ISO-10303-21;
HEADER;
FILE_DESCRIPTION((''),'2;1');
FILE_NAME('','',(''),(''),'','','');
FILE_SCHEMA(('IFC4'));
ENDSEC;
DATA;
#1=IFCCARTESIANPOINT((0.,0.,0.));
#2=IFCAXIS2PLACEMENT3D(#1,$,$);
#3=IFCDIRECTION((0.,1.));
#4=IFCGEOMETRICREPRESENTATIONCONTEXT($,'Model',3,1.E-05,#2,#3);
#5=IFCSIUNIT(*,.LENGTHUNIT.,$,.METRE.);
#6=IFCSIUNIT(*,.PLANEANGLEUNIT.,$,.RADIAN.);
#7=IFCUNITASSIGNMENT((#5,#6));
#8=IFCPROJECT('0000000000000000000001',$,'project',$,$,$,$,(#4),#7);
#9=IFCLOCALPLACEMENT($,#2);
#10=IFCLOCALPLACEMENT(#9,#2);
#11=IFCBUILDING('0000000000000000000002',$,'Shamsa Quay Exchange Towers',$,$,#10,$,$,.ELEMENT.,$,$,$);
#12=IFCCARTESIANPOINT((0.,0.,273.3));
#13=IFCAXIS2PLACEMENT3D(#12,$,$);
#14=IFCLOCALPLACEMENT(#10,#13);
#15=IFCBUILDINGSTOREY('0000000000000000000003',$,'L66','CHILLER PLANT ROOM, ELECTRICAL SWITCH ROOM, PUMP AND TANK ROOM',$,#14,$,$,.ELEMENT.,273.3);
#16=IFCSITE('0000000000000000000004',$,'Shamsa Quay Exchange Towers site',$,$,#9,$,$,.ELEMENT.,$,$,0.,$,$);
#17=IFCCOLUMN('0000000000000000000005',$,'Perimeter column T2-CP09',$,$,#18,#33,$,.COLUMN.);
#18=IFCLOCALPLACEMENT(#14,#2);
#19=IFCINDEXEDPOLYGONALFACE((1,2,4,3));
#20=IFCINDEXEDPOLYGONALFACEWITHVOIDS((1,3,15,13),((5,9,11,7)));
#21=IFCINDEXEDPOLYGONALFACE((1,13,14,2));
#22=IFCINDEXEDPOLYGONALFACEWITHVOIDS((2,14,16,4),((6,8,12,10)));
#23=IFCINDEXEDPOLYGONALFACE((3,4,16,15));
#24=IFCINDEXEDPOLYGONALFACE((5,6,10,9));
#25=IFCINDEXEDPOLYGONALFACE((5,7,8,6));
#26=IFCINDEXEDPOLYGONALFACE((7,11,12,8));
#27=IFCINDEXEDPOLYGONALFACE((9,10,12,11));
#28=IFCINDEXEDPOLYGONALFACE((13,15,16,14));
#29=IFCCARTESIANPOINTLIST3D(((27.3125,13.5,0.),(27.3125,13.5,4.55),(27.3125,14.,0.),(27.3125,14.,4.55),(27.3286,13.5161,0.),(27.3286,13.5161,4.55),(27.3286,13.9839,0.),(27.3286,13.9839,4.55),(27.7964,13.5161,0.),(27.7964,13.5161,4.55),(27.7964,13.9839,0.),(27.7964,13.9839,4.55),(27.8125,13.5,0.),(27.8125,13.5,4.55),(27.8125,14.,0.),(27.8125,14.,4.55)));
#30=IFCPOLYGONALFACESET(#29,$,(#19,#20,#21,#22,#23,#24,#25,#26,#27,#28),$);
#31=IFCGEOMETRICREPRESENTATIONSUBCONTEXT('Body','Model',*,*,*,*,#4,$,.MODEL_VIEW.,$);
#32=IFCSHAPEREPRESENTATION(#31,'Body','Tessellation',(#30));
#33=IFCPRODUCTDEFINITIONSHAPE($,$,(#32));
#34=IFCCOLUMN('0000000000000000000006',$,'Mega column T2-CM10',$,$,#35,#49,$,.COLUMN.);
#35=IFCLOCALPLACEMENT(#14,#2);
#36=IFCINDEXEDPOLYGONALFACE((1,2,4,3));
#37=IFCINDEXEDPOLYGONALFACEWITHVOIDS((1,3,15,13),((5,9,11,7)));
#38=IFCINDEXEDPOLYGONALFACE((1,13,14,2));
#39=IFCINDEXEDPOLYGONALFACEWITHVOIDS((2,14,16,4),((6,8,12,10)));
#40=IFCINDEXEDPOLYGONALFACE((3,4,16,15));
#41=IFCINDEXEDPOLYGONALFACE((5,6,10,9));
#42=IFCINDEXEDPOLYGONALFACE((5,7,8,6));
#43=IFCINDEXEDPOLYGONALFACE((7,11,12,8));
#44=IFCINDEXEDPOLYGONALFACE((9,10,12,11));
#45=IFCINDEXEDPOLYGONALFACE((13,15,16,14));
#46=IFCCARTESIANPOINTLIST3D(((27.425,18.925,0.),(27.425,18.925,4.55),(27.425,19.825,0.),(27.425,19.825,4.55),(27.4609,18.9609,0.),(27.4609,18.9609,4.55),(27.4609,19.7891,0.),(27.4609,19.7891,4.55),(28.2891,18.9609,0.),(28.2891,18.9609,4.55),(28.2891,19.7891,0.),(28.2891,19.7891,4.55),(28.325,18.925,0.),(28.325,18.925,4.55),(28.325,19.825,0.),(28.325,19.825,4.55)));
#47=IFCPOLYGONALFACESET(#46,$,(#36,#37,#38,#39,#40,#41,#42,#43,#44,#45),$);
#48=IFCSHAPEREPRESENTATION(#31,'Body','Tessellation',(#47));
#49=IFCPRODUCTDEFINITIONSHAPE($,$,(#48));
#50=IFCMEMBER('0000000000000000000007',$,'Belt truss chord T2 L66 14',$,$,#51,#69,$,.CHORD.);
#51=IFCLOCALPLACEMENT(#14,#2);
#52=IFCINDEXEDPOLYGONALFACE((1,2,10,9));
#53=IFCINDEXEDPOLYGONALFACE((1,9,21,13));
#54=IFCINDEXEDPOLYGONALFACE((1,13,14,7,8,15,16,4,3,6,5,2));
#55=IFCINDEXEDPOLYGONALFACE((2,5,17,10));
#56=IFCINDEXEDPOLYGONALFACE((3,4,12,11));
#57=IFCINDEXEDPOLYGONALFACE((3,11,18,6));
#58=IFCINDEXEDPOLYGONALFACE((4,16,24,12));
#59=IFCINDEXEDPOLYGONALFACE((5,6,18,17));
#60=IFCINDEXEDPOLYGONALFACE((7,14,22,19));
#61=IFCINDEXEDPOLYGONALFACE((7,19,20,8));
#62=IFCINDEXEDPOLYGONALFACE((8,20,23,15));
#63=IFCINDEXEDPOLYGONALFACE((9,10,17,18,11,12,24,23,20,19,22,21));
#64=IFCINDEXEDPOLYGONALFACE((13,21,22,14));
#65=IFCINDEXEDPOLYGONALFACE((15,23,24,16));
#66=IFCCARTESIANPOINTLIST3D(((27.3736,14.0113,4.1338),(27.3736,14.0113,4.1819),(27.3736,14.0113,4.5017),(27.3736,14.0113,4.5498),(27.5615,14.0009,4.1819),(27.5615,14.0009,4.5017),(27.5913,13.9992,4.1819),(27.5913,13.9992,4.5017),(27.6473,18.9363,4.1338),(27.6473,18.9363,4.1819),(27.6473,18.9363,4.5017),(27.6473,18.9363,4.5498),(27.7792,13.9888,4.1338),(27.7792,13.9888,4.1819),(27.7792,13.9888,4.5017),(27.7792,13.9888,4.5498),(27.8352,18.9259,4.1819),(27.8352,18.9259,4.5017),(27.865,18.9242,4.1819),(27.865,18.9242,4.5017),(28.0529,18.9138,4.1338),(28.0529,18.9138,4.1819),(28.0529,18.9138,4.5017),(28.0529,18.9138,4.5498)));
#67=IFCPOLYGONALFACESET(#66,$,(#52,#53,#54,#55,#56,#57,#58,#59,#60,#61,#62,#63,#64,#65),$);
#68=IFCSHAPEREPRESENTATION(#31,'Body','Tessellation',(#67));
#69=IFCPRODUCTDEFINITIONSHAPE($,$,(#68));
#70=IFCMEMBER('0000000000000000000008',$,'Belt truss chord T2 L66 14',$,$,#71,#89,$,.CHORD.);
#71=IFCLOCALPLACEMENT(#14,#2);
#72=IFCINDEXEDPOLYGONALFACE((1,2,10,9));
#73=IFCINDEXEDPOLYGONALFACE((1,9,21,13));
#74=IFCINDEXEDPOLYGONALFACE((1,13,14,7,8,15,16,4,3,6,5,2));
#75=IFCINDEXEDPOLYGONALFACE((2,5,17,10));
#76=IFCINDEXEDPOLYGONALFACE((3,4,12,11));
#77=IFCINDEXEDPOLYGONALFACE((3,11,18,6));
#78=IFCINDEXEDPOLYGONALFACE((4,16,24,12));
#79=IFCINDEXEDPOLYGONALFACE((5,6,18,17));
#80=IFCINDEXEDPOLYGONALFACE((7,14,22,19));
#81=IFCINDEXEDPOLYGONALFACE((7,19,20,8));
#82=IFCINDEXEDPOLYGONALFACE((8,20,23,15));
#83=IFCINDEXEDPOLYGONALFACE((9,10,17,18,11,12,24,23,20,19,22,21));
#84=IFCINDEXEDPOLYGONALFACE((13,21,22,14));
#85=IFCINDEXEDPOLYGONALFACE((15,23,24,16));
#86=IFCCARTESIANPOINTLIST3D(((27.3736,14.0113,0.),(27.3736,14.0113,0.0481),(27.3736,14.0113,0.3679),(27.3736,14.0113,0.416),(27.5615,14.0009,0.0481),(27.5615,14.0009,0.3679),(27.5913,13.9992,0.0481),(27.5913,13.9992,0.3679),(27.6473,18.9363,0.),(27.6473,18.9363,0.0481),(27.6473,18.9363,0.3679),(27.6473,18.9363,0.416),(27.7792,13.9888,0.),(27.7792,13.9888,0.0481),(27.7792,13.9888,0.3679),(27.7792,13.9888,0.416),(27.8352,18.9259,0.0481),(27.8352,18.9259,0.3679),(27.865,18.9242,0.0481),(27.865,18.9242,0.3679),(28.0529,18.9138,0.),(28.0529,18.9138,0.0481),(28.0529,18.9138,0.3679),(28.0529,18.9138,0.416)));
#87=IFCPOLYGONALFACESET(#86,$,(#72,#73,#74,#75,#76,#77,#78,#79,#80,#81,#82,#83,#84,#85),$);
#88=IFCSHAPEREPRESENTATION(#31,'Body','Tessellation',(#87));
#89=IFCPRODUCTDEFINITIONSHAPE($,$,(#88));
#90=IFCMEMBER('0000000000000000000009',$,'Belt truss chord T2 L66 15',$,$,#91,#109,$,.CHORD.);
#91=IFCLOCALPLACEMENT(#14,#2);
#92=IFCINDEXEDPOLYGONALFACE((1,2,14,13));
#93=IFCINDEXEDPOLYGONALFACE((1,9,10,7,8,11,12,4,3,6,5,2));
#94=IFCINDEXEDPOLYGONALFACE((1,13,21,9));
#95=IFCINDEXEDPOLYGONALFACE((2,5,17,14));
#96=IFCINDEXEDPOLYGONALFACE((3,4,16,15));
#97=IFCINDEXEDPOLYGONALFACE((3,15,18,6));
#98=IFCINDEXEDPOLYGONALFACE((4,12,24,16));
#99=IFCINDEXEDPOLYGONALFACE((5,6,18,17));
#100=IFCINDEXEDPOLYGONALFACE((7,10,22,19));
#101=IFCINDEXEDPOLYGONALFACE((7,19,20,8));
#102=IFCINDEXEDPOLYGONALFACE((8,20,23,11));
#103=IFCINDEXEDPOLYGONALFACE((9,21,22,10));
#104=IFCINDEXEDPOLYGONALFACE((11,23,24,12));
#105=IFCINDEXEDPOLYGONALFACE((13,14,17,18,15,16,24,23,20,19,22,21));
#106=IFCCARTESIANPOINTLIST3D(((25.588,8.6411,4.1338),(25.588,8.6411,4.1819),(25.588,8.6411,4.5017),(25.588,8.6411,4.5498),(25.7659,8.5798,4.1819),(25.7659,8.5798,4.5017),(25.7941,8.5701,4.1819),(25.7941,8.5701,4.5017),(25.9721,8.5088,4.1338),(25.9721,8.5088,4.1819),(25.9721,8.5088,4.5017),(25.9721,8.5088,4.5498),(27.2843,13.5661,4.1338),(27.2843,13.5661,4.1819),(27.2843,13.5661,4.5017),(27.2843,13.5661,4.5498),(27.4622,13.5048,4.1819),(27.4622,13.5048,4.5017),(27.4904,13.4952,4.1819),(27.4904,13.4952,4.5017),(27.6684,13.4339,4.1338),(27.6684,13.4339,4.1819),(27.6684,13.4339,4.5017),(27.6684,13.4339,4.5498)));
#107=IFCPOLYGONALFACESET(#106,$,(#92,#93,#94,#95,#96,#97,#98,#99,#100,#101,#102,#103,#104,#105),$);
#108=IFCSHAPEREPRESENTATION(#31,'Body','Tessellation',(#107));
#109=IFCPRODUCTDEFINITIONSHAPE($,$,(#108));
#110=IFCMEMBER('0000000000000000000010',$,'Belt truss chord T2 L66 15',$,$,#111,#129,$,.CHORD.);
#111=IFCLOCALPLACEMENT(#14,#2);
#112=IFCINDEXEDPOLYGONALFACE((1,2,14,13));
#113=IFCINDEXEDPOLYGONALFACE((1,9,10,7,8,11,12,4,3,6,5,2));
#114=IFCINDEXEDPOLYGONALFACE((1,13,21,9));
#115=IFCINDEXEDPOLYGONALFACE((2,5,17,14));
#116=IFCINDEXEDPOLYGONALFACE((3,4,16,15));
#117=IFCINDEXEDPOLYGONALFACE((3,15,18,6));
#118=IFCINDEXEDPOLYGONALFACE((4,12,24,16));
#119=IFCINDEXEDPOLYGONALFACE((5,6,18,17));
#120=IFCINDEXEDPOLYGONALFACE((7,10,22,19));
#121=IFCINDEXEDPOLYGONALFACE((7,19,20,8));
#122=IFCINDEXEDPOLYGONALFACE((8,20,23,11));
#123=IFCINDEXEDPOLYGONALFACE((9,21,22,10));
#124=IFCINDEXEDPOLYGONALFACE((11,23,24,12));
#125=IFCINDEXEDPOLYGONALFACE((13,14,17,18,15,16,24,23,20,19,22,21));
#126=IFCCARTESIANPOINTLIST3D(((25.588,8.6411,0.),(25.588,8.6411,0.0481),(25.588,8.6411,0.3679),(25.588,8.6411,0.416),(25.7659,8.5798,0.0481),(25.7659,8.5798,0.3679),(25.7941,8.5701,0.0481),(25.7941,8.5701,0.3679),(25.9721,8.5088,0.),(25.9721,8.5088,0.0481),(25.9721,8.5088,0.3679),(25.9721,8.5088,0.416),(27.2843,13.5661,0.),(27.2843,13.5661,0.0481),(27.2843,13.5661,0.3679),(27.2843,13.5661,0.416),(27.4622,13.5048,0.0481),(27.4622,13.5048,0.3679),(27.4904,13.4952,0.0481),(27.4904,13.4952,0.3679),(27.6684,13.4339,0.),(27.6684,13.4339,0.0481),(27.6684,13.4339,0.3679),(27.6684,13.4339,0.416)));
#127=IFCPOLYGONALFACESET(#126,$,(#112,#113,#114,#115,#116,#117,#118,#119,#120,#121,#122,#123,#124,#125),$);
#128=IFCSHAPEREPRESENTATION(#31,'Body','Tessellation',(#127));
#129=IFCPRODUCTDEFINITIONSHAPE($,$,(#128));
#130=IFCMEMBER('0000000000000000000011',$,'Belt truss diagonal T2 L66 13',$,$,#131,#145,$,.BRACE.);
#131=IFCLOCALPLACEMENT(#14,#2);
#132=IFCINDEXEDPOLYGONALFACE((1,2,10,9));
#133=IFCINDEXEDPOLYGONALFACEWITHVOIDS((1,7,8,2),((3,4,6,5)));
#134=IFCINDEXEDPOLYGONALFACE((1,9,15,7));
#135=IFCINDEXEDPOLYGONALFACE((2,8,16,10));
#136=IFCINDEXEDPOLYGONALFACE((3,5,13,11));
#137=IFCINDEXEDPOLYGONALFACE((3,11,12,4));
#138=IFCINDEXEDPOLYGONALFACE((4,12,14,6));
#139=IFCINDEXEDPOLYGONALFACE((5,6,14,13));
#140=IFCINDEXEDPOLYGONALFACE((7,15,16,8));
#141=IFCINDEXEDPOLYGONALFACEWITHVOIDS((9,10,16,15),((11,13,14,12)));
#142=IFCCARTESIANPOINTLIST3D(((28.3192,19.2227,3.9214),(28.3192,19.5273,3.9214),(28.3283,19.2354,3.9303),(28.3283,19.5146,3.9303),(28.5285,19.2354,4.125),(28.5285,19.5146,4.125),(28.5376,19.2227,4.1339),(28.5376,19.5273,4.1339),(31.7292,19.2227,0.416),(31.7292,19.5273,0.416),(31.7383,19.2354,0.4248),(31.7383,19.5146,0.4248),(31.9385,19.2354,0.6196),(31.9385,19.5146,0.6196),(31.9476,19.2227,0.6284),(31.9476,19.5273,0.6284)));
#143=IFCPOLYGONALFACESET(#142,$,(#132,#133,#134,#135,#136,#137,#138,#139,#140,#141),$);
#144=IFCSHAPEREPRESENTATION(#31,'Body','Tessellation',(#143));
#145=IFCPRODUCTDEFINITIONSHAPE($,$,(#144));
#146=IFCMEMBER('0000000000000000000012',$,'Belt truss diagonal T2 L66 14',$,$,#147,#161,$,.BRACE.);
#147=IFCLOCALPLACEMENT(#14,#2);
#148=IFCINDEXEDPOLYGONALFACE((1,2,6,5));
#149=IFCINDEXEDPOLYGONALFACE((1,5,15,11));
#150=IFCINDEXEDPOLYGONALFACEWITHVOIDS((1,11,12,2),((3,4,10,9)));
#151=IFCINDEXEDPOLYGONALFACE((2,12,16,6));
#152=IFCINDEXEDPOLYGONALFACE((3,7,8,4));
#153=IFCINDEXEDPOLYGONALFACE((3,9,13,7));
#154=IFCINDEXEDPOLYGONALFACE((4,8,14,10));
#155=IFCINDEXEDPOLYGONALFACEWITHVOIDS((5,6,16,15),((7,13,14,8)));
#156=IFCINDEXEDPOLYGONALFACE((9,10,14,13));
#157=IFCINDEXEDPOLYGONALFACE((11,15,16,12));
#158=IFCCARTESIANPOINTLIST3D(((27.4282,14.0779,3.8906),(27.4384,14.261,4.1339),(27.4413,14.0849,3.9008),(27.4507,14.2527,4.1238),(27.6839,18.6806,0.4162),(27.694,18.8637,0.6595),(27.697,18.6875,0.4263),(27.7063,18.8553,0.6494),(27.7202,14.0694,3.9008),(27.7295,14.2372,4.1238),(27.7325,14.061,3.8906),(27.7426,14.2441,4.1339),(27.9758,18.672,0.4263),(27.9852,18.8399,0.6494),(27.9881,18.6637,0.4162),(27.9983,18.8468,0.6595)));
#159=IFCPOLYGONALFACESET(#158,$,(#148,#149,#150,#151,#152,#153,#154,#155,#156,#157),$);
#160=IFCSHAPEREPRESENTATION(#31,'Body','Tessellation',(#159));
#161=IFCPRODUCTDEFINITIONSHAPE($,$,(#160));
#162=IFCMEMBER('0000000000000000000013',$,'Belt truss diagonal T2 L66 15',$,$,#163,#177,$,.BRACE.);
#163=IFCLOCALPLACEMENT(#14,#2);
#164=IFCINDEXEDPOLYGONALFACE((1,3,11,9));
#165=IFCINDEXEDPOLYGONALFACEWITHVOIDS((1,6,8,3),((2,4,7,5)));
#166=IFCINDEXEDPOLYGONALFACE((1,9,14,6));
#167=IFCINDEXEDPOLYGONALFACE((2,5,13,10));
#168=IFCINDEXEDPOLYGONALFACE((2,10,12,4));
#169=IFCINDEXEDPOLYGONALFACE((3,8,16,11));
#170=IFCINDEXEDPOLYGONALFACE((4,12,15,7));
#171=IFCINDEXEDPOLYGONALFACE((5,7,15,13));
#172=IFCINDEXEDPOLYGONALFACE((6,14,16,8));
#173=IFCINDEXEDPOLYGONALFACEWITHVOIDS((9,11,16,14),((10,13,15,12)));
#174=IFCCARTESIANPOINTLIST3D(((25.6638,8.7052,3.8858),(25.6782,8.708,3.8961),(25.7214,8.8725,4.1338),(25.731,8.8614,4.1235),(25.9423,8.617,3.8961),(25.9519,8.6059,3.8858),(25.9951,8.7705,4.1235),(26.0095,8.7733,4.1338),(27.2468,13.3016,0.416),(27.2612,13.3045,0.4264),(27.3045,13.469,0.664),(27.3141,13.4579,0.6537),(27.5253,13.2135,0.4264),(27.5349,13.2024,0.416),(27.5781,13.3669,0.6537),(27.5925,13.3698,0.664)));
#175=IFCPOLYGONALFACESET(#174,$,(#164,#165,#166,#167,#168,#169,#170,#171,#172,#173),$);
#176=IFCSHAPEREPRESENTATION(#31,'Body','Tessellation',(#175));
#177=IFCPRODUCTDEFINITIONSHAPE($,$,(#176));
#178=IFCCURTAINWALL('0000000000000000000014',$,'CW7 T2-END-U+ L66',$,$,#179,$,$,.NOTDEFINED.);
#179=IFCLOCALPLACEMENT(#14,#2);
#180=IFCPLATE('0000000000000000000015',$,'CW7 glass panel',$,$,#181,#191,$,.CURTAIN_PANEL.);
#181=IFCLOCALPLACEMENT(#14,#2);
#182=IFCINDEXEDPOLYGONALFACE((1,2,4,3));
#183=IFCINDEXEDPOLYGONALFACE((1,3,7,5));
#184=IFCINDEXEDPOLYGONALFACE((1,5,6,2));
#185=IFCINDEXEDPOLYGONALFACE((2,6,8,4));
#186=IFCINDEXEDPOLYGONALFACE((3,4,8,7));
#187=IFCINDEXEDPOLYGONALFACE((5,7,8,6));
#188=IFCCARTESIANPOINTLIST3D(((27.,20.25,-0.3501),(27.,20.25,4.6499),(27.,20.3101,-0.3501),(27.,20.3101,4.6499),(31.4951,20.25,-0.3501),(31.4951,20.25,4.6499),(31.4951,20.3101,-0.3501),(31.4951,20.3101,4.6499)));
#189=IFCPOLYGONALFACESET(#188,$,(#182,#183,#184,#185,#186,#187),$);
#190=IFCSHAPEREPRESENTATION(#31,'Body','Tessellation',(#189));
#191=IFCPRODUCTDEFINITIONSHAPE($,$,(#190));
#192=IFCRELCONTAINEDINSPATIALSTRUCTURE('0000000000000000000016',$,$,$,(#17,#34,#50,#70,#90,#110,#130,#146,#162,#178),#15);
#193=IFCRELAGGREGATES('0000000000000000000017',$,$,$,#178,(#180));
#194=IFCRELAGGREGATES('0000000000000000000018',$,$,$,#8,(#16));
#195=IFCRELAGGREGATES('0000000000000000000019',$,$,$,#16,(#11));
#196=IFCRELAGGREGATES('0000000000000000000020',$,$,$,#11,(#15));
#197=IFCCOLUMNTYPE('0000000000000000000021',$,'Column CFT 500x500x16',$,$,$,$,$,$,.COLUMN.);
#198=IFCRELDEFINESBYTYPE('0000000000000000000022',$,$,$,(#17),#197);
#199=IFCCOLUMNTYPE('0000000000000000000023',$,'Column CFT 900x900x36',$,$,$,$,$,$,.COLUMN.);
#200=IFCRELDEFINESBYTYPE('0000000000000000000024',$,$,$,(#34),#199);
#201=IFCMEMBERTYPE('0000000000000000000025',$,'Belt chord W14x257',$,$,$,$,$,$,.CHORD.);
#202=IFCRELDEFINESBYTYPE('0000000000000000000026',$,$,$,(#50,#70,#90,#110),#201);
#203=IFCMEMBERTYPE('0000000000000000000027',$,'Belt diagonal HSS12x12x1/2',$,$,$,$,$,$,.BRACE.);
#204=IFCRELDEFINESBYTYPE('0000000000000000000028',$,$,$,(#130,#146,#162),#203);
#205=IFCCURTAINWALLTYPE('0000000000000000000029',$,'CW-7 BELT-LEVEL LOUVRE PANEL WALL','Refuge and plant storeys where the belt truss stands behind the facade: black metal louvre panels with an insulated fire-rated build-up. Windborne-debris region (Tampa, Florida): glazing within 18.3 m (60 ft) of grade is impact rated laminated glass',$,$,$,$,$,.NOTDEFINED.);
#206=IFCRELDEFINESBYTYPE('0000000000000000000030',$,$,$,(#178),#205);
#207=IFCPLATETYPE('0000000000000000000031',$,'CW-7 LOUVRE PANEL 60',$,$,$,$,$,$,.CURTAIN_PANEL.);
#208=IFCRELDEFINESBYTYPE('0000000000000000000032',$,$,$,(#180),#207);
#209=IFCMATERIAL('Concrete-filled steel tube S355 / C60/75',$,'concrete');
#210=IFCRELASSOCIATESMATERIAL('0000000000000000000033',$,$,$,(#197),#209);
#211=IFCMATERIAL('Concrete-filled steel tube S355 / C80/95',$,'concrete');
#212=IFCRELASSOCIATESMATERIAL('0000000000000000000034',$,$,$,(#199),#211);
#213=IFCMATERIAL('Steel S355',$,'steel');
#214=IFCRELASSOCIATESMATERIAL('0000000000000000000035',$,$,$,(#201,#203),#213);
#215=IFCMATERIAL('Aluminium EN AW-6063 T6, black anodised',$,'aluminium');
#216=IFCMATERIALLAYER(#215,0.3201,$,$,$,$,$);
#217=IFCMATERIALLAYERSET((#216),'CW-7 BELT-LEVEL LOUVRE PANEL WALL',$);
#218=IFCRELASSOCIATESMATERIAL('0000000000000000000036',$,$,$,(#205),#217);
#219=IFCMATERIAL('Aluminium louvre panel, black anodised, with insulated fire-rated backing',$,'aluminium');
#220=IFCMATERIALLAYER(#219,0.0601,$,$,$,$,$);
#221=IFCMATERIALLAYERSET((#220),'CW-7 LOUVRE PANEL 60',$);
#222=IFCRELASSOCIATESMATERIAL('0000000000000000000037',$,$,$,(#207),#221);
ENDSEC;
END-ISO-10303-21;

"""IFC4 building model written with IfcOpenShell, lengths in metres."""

from ifc_helpers import new_model, si_unit, direction, frame, origin, origin_2d, place, context, subcontext, project, spatial, rectangle, hollow_rectangle, i_section, extrude, material, layer, layer_set, material_profile, profile_set, type_object, element, aggregate, save


model = new_model("IFC4")

# Units and contexts
model_context = context("Model", 3, precision=1e-05, world=origin(), true_north=direction((0.0, 1.0)))
body_context = subcontext(model_context, "Body", "Model", "MODEL_VIEW")
ifc_project = project(units=[si_unit("LENGTHUNIT", "METRE"), si_unit("PLANEANGLEUNIT", "RADIAN")], contexts=[model_context])

# Site, building, storey
site_placement = place(None, origin())
site = spatial("IfcSite", under=ifc_project, at=site_placement, Name="Shamsa Quay Exchange Towers site", CompositionType="ELEMENT", RefElevation=0.0)
building_placement = place(site_placement, origin())
building = spatial("IfcBuilding", under=site, at=building_placement, Name="Shamsa Quay Exchange Towers", CompositionType="ELEMENT")
storey_placement = place(building_placement, frame((0.0, 0.0, 273.3)))
storey = spatial("IfcBuildingStorey", under=building, at=storey_placement, Name="L66", Description="CHILLER PLANT ROOM, ELECTRICAL SWITCH ROOM, PUMP AND TANK ROOM", CompositionType="ELEMENT", Elevation=273.3)

# Columns
ifc_material_1 = material(Name="Concrete-filled steel tube S355 / C60/75", Category="concrete")
ifc_material_profile_1 = material_profile(ifc_material_1, hollow_rectangle(XDim=0.5, YDim=0.5, WallThickness=0.0161, at=origin_2d()), Name="CFT 500x500x16")
ifc_profile_set_1 = profile_set([ifc_material_profile_1], Name="Concrete-filled steel tube S355 / C60/75")
column_type_1 = type_object("IfcColumnType", Name="Column CFT 500x500x16", PredefinedType="COLUMN", material=ifc_profile_set_1)
column_1_placement = place(storey_placement, frame((27.5625, 13.75, 0.0)))
element("IfcColumn", 1, at=column_1_placement, inside=storey, type_object=column_type_1, Name="Perimeter column T2-CP09", PredefinedType="COLUMN", context=body_context, shape_type="SweptSolid", body=[
    extrude(hollow_rectangle(XDim=0.5, YDim=0.5, WallThickness=0.0161, at=origin_2d()), origin(), (0.0, 0.0, 1.0), 4.55),
])
ifc_material_2 = material(Name="Concrete-filled steel tube S355 / C80/95", Category="concrete")
ifc_material_profile_2 = material_profile(ifc_material_2, hollow_rectangle(XDim=0.8999, YDim=0.8999, WallThickness=0.0359, at=origin_2d()), Name="CFT 900x900x36")
ifc_profile_set_2 = profile_set([ifc_material_profile_2], Name="Concrete-filled steel tube S355 / C80/95")
column_type_2 = type_object("IfcColumnType", Name="Column CFT 900x900x36", PredefinedType="COLUMN", material=ifc_profile_set_2)
column_2_placement = place(storey_placement, frame((27.875, 19.375, 0.0)))
element("IfcColumn", 2, at=column_2_placement, inside=storey, type_object=column_type_2, Name="Mega column T2-CM10", PredefinedType="COLUMN", context=body_context, shape_type="SweptSolid", body=[
    extrude(hollow_rectangle(XDim=0.8999, YDim=0.8999, WallThickness=0.0359, at=origin_2d()), origin(), (0.0, 0.0, 1.0), 4.55),
])

# Members
ifc_material_3 = material(Name="Steel S355", Category="steel")
ifc_material_profile_3 = material_profile(ifc_material_3, i_section(OverallWidth=0.4062, OverallDepth=0.416, WebThickness=0.0298, FlangeThickness=0.0481, at=origin_2d()), Name="W14x257")
ifc_profile_set_3 = profile_set([ifc_material_profile_3], Name="Steel S355")
member_type_1 = type_object("IfcMemberType", Name="Belt chord W14x257", PredefinedType="CHORD", material=ifc_profile_set_3)
for number, where, z_axis, x_axis, name in (
    (3, (27.8501, 18.925, 4.3418), (-0.055484, -0.99846, 0.0), (0.99846, -0.055484, 0.0), "Belt truss chord T2 L66 14"),
    (4, (27.8501, 18.925, 0.208), (-0.055484, -0.99846, 0.0), (0.99846, -0.055484, 0.0), "Belt truss chord T2 L66 14"),
):
    element("IfcMember", number, at=place(storey_placement, frame(where, z_axis=z_axis, x_axis=x_axis)), inside=storey, type_object=member_type_1, Name=name, PredefinedType="CHORD", context=body_context, shape_type="SweptSolid", body=[
        extrude(i_section(OverallWidth=0.4062, OverallDepth=0.416, WebThickness=0.0298, FlangeThickness=0.0481, at=origin_2d()), origin(), (0.0, 0.0, 1.0), 4.9326),
    ])
for number, where, z_axis, x_axis, name in (
    (5, (27.4763, 13.5, 4.3418), (-0.325647, -0.945491, 0.0), (0.945491, -0.325647, 0.0), "Belt truss chord T2 L66 15"),
    (6, (27.4763, 13.5, 0.208), (-0.325647, -0.945491, 0.0), (0.945491, -0.325647, 0.0), "Belt truss chord T2 L66 15"),
):
    element("IfcMember", number, at=place(storey_placement, frame(where, z_axis=z_axis, x_axis=x_axis)), inside=storey, type_object=member_type_1, Name=name, PredefinedType="CHORD", context=body_context, shape_type="SweptSolid", body=[
        extrude(i_section(OverallWidth=0.4062, OverallDepth=0.416, WebThickness=0.0298, FlangeThickness=0.0481, at=origin_2d()), origin(), (0.0, 0.0, 1.0), 5.209),
    ])
ifc_material_profile_4 = material_profile(ifc_material_3, hollow_rectangle(XDim=0.3047, YDim=0.3047, WallThickness=0.0127, at=origin_2d()), Name="HSS12x12x1/2")
ifc_profile_set_4 = profile_set([ifc_material_profile_4], Name="Steel S355")
member_type_2 = type_object("IfcMemberType", Name="Belt diagonal HSS12x12x1/2", PredefinedType="BRACE", material=ifc_profile_set_4)
member_1_placement = place(storey_placement, frame((31.8384, 19.375, 0.5222), z_axis=(-0.697279, 0.0, 0.716799), x_axis=(0.0, -1.0, 0.0)))
element("IfcMember", 7, at=member_1_placement, inside=storey, type_object=member_type_2, Name="Belt truss diagonal T2 L66 13", PredefinedType="BRACE", context=body_context, shape_type="SweptSolid", body=[
    extrude(hollow_rectangle(XDim=0.3047, YDim=0.3047, WallThickness=0.0127, at=origin_2d()), origin(), (0.0, 0.0, 1.0), 4.8904),
])
member_2_placement = place(storey_placement, frame((27.8411, 18.7637, 0.5378), z_axis=(-0.044283, -0.797344, 0.601899), x_axis=(0.998461, -0.055452, 0.0)))
element("IfcMember", 8, at=member_2_placement, inside=storey, type_object=member_type_2, Name="Belt truss diagonal T2 L66 14", PredefinedType="BRACE", context=body_context, shape_type="SweptSolid", body=[
    extrude(hollow_rectangle(XDim=0.3047, YDim=0.3047, WallThickness=0.0127, at=origin_2d()), origin(), (0.0, 0.0, 1.0), 5.7725),
])
member_3_placement = place(storey_placement, frame((27.4197, 13.3357, 0.54), z_axis=(-0.265044, -0.769585, 0.580939), x_axis=(0.945498, -0.325628, 0.0)))
element("IfcMember", 9, at=member_3_placement, inside=storey, type_object=member_type_2, Name="Belt truss diagonal T2 L66 15", PredefinedType="BRACE", context=body_context, shape_type="SweptSolid", body=[
    extrude(hollow_rectangle(XDim=0.3047, YDim=0.3047, WallThickness=0.0127, at=origin_2d()), origin(), (0.0, 0.0, 1.0), 5.9727),
])

# Curtain wall, plate
ifc_material_4 = material(Name="Aluminium EN AW-6063 T6, black anodised", Category="aluminium")
ifc_layer_1 = layer(ifc_material_4, 0.3201)
ifc_layer_set_1 = layer_set([ifc_layer_1], Name="CW-7 BELT-LEVEL LOUVRE PANEL WALL")
curtain_wall_type = type_object("IfcCurtainWallType", Name="CW-7 BELT-LEVEL LOUVRE PANEL WALL", Description="Refuge and plant storeys where the belt truss stands behind the facade: black metal louvre panels with an insulated fire-rated build-up. Windborne-debris region (Tampa, Florida): glazing within 18.3 m (60 ft) of grade is impact rated laminated glass", PredefinedType="NOTDEFINED", material=ifc_layer_set_1)
curtain_wall_1_placement = place(storey_placement, origin())
curtain_wall_1 = element("IfcCurtainWall", 10, at=curtain_wall_1_placement, inside=storey, type_object=curtain_wall_type, Name="CW7 T2-END-U+ L66", PredefinedType="NOTDEFINED")
ifc_material_5 = material(Name="Aluminium louvre panel, black anodised, with insulated fire-rated backing", Category="aluminium")
ifc_layer_2 = layer(ifc_material_5, 0.0601)
ifc_layer_set_2 = layer_set([ifc_layer_2], Name="CW-7 LOUVRE PANEL 60")
plate_type = type_object("IfcPlateType", Name="CW-7 LOUVRE PANEL 60", PredefinedType="CURTAIN_PANEL", material=ifc_layer_set_2)
plate_1_placement = place(storey_placement, frame((29.2476, 20.28, -0.3501), z_axis=(0.0, 0.0, 1.0), x_axis=(-1.0, 0.0, 0.0)))
plate_1 = element("IfcPlate", 11, at=plate_1_placement, type_object=plate_type, Name="CW7 glass panel", PredefinedType="CURTAIN_PANEL", context=body_context, shape_type="SweptSolid", body=[
    extrude(rectangle(XDim=4.4951, YDim=0.0601, at=origin_2d()), origin(), (0.0, 0.0, 1.0), 5.0),
])
aggregate(curtain_wall_1, [plate_1])

save(model, "model.ifc")
